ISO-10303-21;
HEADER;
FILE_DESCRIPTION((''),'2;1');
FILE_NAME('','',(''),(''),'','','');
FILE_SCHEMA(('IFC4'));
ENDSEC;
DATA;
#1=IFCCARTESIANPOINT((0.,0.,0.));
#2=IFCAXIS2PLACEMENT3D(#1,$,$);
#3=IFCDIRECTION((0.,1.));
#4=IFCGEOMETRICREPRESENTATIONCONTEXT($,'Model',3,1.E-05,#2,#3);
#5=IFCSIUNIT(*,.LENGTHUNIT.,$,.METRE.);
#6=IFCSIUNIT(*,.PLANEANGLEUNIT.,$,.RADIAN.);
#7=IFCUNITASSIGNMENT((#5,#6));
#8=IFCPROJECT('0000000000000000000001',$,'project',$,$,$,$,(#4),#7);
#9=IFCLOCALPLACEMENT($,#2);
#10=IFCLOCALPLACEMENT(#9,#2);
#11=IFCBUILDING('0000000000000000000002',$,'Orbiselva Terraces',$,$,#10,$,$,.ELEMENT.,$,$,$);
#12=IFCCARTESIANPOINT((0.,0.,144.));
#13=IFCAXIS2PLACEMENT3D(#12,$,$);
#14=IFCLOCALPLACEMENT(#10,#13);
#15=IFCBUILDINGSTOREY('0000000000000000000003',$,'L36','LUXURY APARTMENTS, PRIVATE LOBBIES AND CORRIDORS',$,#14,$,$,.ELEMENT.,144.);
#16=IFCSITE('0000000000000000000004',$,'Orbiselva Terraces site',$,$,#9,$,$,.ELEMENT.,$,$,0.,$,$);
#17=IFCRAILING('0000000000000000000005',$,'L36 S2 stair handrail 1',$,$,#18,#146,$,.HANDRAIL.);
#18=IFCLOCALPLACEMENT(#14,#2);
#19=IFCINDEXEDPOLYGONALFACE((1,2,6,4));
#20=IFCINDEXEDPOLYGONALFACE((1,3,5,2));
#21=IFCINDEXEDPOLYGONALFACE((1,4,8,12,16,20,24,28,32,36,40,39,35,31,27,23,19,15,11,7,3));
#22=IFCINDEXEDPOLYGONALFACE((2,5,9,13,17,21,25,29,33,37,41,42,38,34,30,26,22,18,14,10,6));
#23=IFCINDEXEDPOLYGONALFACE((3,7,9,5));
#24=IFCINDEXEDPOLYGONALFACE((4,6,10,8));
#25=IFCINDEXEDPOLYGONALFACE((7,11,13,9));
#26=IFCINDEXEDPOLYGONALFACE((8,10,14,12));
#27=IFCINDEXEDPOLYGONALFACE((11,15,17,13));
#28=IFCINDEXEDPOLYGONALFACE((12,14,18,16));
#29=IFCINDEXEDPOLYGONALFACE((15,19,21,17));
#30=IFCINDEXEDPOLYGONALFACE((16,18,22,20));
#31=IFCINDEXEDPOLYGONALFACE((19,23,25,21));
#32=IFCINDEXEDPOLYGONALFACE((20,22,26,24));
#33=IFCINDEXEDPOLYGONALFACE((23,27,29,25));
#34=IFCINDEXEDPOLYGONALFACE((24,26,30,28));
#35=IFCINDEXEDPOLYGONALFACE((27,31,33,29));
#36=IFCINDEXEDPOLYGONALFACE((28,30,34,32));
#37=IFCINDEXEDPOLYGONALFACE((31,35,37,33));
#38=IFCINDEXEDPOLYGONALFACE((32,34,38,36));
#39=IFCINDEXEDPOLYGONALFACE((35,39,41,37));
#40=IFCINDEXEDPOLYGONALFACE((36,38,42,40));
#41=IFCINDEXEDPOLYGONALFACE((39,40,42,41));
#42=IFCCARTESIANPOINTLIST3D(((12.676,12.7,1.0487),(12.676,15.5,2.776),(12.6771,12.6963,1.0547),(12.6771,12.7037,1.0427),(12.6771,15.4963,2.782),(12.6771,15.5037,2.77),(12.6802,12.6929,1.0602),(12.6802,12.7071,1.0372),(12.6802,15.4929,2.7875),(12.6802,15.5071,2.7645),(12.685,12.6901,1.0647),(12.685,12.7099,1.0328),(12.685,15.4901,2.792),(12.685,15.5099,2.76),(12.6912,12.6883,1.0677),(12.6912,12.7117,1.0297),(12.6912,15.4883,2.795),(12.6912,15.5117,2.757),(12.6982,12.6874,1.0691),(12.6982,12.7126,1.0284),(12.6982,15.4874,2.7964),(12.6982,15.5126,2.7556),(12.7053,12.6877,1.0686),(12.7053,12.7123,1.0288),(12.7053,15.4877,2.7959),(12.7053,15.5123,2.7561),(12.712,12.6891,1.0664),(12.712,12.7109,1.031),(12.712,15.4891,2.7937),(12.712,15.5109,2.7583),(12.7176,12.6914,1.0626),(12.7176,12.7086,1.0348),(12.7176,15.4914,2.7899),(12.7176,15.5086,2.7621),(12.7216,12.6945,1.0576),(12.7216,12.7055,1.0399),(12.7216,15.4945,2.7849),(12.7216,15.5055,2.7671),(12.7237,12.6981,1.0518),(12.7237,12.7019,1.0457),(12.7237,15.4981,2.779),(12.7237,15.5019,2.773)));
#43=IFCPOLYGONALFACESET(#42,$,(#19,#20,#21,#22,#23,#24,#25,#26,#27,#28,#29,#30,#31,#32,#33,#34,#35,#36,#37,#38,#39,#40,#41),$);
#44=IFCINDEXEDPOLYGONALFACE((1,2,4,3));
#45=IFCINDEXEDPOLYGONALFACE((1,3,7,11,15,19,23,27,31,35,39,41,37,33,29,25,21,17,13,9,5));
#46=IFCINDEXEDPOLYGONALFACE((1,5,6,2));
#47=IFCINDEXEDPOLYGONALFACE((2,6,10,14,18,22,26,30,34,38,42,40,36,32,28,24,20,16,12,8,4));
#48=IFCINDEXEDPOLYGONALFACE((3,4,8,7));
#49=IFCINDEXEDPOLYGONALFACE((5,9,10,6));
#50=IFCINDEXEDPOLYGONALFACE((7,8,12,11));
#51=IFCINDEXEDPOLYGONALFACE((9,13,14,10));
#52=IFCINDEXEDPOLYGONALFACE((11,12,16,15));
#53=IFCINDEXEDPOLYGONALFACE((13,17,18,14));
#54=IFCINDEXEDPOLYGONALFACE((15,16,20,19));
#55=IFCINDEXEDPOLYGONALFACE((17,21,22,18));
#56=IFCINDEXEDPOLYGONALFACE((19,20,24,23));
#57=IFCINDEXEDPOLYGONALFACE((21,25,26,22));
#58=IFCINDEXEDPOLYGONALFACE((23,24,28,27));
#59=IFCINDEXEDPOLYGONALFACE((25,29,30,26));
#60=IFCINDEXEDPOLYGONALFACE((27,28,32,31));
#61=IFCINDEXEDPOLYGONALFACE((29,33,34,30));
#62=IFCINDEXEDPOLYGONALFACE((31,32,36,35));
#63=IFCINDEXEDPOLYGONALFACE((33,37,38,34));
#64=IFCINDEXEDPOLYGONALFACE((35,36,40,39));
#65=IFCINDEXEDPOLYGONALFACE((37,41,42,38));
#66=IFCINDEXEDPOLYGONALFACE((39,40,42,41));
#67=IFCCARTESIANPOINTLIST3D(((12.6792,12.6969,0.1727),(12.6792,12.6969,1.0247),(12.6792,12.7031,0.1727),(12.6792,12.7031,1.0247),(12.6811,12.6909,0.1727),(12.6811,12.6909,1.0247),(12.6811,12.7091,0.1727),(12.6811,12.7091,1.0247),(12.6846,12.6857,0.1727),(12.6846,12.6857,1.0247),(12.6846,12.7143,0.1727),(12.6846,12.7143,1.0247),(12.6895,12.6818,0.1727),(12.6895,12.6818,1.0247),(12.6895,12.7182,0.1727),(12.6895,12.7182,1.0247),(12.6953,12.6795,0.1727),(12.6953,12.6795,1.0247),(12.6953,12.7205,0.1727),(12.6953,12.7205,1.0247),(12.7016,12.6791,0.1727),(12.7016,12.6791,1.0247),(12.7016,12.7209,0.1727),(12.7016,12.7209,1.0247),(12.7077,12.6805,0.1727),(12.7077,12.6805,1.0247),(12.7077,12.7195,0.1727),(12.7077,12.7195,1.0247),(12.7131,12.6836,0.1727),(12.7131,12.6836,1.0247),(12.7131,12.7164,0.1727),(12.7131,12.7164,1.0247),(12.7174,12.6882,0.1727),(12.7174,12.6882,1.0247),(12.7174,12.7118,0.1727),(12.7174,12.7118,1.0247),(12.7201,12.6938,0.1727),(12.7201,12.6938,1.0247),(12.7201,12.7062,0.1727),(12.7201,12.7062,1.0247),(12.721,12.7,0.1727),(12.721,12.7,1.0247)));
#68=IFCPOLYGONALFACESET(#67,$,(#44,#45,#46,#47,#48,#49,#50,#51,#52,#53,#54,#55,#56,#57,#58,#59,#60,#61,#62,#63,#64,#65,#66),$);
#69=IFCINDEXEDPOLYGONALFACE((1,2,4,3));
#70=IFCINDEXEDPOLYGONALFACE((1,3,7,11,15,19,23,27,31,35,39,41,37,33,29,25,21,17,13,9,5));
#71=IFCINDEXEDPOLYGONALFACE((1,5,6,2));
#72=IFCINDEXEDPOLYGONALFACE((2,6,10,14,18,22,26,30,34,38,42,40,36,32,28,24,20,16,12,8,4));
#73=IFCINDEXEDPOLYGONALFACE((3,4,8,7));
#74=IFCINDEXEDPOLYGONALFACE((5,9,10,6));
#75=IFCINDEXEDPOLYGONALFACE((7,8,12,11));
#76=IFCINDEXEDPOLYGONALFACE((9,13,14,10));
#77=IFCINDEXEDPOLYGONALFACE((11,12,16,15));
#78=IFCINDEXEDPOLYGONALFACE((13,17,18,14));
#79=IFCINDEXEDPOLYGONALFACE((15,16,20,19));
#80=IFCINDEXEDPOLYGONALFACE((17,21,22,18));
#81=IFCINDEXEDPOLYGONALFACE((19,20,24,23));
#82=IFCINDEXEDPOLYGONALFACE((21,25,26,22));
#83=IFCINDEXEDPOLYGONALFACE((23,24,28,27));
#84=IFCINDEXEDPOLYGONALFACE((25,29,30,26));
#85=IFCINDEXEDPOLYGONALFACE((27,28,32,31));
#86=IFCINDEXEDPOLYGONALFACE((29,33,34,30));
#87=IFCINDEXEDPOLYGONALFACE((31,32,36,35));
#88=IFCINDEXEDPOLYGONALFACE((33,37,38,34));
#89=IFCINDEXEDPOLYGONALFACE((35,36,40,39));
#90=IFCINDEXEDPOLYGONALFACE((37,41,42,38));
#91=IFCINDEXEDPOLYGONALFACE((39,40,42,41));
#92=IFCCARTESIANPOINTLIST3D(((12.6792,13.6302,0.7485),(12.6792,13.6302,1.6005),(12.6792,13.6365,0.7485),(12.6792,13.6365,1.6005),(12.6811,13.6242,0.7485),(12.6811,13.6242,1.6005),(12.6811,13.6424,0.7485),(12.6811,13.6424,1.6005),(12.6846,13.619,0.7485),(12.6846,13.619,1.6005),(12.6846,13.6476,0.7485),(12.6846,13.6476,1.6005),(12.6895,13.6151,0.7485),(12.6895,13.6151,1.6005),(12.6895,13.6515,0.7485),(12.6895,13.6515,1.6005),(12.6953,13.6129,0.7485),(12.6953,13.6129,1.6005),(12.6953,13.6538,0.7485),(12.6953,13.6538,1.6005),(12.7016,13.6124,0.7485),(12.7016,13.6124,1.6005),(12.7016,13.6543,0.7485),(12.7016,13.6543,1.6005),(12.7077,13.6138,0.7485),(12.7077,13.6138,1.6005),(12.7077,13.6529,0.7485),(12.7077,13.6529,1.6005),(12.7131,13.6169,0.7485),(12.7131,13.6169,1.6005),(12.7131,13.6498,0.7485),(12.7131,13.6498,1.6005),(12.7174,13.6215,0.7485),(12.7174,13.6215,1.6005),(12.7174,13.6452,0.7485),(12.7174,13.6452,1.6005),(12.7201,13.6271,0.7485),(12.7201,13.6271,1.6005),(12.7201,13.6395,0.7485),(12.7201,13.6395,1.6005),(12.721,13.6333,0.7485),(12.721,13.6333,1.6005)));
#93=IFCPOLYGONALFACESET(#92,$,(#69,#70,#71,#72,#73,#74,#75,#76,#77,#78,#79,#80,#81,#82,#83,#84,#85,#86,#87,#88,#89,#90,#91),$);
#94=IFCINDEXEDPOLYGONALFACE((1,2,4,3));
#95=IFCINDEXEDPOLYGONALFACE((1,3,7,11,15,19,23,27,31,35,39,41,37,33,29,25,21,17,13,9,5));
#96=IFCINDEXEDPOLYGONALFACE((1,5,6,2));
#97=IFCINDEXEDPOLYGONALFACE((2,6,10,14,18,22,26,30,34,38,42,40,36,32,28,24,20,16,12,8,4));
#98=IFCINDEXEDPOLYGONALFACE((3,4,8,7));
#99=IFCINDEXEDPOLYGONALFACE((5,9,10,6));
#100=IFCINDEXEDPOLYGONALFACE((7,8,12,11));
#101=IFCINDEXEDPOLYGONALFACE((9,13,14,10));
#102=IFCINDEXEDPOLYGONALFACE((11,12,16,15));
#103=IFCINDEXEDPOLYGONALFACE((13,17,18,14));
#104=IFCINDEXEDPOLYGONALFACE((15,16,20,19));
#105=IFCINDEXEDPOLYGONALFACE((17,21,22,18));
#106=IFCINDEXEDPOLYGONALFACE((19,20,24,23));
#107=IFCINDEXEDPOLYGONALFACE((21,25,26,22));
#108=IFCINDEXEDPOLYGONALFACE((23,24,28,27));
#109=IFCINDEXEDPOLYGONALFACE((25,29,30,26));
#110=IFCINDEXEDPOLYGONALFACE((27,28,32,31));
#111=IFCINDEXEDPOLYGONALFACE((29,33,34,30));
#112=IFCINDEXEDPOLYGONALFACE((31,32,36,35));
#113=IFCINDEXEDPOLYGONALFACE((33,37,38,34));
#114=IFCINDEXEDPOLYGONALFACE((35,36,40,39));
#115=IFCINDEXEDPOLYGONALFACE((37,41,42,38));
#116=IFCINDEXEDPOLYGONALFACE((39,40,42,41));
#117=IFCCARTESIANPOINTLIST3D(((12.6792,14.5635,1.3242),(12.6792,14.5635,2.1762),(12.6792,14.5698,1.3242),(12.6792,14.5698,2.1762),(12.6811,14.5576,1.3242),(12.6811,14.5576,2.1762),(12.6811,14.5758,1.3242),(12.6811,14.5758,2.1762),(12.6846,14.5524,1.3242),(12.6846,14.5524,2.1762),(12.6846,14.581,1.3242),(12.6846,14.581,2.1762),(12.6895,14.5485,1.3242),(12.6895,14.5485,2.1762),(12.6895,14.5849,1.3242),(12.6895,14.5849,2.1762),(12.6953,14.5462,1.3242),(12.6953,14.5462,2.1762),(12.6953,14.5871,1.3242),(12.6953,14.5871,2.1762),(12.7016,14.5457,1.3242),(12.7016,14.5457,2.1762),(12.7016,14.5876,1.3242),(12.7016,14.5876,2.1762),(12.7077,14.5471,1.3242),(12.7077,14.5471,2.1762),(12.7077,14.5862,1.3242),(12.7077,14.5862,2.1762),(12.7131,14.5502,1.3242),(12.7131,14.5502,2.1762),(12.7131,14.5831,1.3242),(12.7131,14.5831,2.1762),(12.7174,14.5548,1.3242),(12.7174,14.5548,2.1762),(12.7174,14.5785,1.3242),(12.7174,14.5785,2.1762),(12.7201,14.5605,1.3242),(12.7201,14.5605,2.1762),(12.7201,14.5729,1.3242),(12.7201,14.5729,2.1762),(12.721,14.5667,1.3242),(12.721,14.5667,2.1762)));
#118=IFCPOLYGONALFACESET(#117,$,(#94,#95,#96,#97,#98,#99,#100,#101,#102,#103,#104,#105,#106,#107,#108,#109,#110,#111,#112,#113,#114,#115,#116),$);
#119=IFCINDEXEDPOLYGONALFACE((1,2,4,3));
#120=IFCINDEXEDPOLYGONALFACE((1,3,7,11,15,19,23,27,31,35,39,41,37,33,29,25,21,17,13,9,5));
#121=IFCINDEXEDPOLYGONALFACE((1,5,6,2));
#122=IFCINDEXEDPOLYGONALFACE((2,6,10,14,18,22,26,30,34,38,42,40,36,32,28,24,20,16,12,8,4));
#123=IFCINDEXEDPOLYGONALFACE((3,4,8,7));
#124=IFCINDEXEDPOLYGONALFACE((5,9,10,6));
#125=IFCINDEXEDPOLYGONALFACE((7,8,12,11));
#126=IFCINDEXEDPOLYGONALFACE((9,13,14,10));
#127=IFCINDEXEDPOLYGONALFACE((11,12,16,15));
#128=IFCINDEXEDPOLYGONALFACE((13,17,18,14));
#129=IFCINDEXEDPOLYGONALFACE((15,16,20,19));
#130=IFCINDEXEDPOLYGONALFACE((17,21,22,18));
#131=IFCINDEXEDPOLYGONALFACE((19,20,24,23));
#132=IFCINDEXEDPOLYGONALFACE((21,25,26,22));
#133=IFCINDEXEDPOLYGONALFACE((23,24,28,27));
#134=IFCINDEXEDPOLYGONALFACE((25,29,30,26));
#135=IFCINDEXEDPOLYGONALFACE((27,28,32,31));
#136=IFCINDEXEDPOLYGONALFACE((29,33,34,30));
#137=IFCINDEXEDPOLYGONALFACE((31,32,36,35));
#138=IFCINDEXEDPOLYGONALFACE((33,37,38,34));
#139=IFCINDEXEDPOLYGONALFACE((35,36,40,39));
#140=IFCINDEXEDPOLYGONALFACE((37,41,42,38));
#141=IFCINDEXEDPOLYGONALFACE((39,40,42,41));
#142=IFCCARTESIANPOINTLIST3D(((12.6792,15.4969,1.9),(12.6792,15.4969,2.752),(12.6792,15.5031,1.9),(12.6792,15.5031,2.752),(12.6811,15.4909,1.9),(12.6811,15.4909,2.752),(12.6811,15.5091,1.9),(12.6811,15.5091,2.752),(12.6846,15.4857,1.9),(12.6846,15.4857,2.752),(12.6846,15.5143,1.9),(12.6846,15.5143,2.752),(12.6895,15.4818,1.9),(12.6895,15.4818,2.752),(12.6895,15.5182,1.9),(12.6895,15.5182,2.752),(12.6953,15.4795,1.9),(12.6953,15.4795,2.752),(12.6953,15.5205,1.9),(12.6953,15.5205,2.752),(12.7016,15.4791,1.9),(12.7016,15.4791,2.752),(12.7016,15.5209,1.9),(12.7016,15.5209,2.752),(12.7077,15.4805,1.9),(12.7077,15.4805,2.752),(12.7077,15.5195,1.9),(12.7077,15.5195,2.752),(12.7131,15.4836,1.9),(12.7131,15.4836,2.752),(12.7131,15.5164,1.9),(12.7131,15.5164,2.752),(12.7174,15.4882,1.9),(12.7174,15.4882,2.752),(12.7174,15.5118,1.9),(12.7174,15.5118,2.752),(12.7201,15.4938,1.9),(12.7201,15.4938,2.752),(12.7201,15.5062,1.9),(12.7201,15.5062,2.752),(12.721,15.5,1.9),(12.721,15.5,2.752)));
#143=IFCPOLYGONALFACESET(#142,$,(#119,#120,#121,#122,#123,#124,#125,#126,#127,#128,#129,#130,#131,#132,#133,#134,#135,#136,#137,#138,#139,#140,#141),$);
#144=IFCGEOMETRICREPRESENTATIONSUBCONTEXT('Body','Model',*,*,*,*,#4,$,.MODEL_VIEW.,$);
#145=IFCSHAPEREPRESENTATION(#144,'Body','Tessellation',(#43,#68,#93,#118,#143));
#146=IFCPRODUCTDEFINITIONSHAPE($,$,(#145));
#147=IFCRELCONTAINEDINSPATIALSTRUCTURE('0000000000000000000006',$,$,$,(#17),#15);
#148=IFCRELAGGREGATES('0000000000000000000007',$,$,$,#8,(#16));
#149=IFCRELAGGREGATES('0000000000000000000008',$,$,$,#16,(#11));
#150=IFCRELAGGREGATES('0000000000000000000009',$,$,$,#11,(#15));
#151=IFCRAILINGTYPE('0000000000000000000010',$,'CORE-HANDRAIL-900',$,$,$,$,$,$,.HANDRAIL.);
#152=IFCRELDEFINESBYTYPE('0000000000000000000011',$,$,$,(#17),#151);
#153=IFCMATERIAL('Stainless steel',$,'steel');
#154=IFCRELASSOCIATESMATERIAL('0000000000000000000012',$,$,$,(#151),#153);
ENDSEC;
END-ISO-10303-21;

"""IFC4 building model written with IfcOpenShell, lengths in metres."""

from ifc_helpers import new_model, si_unit, direction, frame, origin, origin_2d, place, context, subcontext, project, spatial, circle, extrude, material, type_object, element, save


model = new_model("IFC4")

# Units and contexts
model_context = context("Model", 3, precision=1e-05, world=origin(), true_north=direction((0.0, 1.0)))
body_context = subcontext(model_context, "Body", "Model", "MODEL_VIEW")
ifc_project = project(units=[si_unit("LENGTHUNIT", "METRE"), si_unit("PLANEANGLEUNIT", "RADIAN")], contexts=[model_context])

# Site, building, storey
site_placement = place(None, origin())
site = spatial("IfcSite", under=ifc_project, at=site_placement, Name="Orbiselva Terraces site", CompositionType="ELEMENT", RefElevation=0.0)
building_placement = place(site_placement, origin())
building = spatial("IfcBuilding", under=site, at=building_placement, Name="Orbiselva Terraces", CompositionType="ELEMENT")
storey_placement = place(building_placement, frame((0.0, 0.0, 144.0)))
storey = spatial("IfcBuildingStorey", under=building, at=storey_placement, Name="L36", Description="LUXURY APARTMENTS, PRIVATE LOBBIES AND CORRIDORS", CompositionType="ELEMENT", Elevation=144.0)

# Railing
ifc_material_1 = material(Name="Stainless steel", Category="steel")
railing_type_1 = type_object("IfcRailingType", Name="CORE-HANDRAIL-900", PredefinedType="HANDRAIL", material=ifc_material_1)
railing_1_placement = place(storey_placement, frame((12.7, 12.7, 0.1727)))
element("IfcRailing", 1, at=railing_1_placement, inside=storey, type_object=railing_type_1, Name="L36 S2 stair handrail 1", PredefinedType="HANDRAIL", context=body_context, shape_type="SweptSolid", body=[
    extrude(circle(Radius=0.024, at=origin_2d()), frame((0.0, 0.0, 0.876), z_axis=(0.0, 0.851089, 0.525022), x_axis=(-1.0, 0.0, 0.0)), (0.0, 0.0, 1.0), 3.2899),
    extrude(circle(Radius=0.021, at=origin_2d()), origin(), (0.0, 0.0, 1.0), 0.852),
    extrude(circle(Radius=0.021, at=origin_2d()), frame((0.0, 0.9333, 0.5758)), (0.0, 0.0, 1.0), 0.852),
    extrude(circle(Radius=0.021, at=origin_2d()), frame((0.0, 1.8667, 1.1515)), (0.0, 0.0, 1.0), 0.852),
    extrude(circle(Radius=0.021, at=origin_2d()), frame((0.0, 2.8, 1.7273)), (0.0, 0.0, 1.0), 0.852),
])

save(model, "model.ifc")
